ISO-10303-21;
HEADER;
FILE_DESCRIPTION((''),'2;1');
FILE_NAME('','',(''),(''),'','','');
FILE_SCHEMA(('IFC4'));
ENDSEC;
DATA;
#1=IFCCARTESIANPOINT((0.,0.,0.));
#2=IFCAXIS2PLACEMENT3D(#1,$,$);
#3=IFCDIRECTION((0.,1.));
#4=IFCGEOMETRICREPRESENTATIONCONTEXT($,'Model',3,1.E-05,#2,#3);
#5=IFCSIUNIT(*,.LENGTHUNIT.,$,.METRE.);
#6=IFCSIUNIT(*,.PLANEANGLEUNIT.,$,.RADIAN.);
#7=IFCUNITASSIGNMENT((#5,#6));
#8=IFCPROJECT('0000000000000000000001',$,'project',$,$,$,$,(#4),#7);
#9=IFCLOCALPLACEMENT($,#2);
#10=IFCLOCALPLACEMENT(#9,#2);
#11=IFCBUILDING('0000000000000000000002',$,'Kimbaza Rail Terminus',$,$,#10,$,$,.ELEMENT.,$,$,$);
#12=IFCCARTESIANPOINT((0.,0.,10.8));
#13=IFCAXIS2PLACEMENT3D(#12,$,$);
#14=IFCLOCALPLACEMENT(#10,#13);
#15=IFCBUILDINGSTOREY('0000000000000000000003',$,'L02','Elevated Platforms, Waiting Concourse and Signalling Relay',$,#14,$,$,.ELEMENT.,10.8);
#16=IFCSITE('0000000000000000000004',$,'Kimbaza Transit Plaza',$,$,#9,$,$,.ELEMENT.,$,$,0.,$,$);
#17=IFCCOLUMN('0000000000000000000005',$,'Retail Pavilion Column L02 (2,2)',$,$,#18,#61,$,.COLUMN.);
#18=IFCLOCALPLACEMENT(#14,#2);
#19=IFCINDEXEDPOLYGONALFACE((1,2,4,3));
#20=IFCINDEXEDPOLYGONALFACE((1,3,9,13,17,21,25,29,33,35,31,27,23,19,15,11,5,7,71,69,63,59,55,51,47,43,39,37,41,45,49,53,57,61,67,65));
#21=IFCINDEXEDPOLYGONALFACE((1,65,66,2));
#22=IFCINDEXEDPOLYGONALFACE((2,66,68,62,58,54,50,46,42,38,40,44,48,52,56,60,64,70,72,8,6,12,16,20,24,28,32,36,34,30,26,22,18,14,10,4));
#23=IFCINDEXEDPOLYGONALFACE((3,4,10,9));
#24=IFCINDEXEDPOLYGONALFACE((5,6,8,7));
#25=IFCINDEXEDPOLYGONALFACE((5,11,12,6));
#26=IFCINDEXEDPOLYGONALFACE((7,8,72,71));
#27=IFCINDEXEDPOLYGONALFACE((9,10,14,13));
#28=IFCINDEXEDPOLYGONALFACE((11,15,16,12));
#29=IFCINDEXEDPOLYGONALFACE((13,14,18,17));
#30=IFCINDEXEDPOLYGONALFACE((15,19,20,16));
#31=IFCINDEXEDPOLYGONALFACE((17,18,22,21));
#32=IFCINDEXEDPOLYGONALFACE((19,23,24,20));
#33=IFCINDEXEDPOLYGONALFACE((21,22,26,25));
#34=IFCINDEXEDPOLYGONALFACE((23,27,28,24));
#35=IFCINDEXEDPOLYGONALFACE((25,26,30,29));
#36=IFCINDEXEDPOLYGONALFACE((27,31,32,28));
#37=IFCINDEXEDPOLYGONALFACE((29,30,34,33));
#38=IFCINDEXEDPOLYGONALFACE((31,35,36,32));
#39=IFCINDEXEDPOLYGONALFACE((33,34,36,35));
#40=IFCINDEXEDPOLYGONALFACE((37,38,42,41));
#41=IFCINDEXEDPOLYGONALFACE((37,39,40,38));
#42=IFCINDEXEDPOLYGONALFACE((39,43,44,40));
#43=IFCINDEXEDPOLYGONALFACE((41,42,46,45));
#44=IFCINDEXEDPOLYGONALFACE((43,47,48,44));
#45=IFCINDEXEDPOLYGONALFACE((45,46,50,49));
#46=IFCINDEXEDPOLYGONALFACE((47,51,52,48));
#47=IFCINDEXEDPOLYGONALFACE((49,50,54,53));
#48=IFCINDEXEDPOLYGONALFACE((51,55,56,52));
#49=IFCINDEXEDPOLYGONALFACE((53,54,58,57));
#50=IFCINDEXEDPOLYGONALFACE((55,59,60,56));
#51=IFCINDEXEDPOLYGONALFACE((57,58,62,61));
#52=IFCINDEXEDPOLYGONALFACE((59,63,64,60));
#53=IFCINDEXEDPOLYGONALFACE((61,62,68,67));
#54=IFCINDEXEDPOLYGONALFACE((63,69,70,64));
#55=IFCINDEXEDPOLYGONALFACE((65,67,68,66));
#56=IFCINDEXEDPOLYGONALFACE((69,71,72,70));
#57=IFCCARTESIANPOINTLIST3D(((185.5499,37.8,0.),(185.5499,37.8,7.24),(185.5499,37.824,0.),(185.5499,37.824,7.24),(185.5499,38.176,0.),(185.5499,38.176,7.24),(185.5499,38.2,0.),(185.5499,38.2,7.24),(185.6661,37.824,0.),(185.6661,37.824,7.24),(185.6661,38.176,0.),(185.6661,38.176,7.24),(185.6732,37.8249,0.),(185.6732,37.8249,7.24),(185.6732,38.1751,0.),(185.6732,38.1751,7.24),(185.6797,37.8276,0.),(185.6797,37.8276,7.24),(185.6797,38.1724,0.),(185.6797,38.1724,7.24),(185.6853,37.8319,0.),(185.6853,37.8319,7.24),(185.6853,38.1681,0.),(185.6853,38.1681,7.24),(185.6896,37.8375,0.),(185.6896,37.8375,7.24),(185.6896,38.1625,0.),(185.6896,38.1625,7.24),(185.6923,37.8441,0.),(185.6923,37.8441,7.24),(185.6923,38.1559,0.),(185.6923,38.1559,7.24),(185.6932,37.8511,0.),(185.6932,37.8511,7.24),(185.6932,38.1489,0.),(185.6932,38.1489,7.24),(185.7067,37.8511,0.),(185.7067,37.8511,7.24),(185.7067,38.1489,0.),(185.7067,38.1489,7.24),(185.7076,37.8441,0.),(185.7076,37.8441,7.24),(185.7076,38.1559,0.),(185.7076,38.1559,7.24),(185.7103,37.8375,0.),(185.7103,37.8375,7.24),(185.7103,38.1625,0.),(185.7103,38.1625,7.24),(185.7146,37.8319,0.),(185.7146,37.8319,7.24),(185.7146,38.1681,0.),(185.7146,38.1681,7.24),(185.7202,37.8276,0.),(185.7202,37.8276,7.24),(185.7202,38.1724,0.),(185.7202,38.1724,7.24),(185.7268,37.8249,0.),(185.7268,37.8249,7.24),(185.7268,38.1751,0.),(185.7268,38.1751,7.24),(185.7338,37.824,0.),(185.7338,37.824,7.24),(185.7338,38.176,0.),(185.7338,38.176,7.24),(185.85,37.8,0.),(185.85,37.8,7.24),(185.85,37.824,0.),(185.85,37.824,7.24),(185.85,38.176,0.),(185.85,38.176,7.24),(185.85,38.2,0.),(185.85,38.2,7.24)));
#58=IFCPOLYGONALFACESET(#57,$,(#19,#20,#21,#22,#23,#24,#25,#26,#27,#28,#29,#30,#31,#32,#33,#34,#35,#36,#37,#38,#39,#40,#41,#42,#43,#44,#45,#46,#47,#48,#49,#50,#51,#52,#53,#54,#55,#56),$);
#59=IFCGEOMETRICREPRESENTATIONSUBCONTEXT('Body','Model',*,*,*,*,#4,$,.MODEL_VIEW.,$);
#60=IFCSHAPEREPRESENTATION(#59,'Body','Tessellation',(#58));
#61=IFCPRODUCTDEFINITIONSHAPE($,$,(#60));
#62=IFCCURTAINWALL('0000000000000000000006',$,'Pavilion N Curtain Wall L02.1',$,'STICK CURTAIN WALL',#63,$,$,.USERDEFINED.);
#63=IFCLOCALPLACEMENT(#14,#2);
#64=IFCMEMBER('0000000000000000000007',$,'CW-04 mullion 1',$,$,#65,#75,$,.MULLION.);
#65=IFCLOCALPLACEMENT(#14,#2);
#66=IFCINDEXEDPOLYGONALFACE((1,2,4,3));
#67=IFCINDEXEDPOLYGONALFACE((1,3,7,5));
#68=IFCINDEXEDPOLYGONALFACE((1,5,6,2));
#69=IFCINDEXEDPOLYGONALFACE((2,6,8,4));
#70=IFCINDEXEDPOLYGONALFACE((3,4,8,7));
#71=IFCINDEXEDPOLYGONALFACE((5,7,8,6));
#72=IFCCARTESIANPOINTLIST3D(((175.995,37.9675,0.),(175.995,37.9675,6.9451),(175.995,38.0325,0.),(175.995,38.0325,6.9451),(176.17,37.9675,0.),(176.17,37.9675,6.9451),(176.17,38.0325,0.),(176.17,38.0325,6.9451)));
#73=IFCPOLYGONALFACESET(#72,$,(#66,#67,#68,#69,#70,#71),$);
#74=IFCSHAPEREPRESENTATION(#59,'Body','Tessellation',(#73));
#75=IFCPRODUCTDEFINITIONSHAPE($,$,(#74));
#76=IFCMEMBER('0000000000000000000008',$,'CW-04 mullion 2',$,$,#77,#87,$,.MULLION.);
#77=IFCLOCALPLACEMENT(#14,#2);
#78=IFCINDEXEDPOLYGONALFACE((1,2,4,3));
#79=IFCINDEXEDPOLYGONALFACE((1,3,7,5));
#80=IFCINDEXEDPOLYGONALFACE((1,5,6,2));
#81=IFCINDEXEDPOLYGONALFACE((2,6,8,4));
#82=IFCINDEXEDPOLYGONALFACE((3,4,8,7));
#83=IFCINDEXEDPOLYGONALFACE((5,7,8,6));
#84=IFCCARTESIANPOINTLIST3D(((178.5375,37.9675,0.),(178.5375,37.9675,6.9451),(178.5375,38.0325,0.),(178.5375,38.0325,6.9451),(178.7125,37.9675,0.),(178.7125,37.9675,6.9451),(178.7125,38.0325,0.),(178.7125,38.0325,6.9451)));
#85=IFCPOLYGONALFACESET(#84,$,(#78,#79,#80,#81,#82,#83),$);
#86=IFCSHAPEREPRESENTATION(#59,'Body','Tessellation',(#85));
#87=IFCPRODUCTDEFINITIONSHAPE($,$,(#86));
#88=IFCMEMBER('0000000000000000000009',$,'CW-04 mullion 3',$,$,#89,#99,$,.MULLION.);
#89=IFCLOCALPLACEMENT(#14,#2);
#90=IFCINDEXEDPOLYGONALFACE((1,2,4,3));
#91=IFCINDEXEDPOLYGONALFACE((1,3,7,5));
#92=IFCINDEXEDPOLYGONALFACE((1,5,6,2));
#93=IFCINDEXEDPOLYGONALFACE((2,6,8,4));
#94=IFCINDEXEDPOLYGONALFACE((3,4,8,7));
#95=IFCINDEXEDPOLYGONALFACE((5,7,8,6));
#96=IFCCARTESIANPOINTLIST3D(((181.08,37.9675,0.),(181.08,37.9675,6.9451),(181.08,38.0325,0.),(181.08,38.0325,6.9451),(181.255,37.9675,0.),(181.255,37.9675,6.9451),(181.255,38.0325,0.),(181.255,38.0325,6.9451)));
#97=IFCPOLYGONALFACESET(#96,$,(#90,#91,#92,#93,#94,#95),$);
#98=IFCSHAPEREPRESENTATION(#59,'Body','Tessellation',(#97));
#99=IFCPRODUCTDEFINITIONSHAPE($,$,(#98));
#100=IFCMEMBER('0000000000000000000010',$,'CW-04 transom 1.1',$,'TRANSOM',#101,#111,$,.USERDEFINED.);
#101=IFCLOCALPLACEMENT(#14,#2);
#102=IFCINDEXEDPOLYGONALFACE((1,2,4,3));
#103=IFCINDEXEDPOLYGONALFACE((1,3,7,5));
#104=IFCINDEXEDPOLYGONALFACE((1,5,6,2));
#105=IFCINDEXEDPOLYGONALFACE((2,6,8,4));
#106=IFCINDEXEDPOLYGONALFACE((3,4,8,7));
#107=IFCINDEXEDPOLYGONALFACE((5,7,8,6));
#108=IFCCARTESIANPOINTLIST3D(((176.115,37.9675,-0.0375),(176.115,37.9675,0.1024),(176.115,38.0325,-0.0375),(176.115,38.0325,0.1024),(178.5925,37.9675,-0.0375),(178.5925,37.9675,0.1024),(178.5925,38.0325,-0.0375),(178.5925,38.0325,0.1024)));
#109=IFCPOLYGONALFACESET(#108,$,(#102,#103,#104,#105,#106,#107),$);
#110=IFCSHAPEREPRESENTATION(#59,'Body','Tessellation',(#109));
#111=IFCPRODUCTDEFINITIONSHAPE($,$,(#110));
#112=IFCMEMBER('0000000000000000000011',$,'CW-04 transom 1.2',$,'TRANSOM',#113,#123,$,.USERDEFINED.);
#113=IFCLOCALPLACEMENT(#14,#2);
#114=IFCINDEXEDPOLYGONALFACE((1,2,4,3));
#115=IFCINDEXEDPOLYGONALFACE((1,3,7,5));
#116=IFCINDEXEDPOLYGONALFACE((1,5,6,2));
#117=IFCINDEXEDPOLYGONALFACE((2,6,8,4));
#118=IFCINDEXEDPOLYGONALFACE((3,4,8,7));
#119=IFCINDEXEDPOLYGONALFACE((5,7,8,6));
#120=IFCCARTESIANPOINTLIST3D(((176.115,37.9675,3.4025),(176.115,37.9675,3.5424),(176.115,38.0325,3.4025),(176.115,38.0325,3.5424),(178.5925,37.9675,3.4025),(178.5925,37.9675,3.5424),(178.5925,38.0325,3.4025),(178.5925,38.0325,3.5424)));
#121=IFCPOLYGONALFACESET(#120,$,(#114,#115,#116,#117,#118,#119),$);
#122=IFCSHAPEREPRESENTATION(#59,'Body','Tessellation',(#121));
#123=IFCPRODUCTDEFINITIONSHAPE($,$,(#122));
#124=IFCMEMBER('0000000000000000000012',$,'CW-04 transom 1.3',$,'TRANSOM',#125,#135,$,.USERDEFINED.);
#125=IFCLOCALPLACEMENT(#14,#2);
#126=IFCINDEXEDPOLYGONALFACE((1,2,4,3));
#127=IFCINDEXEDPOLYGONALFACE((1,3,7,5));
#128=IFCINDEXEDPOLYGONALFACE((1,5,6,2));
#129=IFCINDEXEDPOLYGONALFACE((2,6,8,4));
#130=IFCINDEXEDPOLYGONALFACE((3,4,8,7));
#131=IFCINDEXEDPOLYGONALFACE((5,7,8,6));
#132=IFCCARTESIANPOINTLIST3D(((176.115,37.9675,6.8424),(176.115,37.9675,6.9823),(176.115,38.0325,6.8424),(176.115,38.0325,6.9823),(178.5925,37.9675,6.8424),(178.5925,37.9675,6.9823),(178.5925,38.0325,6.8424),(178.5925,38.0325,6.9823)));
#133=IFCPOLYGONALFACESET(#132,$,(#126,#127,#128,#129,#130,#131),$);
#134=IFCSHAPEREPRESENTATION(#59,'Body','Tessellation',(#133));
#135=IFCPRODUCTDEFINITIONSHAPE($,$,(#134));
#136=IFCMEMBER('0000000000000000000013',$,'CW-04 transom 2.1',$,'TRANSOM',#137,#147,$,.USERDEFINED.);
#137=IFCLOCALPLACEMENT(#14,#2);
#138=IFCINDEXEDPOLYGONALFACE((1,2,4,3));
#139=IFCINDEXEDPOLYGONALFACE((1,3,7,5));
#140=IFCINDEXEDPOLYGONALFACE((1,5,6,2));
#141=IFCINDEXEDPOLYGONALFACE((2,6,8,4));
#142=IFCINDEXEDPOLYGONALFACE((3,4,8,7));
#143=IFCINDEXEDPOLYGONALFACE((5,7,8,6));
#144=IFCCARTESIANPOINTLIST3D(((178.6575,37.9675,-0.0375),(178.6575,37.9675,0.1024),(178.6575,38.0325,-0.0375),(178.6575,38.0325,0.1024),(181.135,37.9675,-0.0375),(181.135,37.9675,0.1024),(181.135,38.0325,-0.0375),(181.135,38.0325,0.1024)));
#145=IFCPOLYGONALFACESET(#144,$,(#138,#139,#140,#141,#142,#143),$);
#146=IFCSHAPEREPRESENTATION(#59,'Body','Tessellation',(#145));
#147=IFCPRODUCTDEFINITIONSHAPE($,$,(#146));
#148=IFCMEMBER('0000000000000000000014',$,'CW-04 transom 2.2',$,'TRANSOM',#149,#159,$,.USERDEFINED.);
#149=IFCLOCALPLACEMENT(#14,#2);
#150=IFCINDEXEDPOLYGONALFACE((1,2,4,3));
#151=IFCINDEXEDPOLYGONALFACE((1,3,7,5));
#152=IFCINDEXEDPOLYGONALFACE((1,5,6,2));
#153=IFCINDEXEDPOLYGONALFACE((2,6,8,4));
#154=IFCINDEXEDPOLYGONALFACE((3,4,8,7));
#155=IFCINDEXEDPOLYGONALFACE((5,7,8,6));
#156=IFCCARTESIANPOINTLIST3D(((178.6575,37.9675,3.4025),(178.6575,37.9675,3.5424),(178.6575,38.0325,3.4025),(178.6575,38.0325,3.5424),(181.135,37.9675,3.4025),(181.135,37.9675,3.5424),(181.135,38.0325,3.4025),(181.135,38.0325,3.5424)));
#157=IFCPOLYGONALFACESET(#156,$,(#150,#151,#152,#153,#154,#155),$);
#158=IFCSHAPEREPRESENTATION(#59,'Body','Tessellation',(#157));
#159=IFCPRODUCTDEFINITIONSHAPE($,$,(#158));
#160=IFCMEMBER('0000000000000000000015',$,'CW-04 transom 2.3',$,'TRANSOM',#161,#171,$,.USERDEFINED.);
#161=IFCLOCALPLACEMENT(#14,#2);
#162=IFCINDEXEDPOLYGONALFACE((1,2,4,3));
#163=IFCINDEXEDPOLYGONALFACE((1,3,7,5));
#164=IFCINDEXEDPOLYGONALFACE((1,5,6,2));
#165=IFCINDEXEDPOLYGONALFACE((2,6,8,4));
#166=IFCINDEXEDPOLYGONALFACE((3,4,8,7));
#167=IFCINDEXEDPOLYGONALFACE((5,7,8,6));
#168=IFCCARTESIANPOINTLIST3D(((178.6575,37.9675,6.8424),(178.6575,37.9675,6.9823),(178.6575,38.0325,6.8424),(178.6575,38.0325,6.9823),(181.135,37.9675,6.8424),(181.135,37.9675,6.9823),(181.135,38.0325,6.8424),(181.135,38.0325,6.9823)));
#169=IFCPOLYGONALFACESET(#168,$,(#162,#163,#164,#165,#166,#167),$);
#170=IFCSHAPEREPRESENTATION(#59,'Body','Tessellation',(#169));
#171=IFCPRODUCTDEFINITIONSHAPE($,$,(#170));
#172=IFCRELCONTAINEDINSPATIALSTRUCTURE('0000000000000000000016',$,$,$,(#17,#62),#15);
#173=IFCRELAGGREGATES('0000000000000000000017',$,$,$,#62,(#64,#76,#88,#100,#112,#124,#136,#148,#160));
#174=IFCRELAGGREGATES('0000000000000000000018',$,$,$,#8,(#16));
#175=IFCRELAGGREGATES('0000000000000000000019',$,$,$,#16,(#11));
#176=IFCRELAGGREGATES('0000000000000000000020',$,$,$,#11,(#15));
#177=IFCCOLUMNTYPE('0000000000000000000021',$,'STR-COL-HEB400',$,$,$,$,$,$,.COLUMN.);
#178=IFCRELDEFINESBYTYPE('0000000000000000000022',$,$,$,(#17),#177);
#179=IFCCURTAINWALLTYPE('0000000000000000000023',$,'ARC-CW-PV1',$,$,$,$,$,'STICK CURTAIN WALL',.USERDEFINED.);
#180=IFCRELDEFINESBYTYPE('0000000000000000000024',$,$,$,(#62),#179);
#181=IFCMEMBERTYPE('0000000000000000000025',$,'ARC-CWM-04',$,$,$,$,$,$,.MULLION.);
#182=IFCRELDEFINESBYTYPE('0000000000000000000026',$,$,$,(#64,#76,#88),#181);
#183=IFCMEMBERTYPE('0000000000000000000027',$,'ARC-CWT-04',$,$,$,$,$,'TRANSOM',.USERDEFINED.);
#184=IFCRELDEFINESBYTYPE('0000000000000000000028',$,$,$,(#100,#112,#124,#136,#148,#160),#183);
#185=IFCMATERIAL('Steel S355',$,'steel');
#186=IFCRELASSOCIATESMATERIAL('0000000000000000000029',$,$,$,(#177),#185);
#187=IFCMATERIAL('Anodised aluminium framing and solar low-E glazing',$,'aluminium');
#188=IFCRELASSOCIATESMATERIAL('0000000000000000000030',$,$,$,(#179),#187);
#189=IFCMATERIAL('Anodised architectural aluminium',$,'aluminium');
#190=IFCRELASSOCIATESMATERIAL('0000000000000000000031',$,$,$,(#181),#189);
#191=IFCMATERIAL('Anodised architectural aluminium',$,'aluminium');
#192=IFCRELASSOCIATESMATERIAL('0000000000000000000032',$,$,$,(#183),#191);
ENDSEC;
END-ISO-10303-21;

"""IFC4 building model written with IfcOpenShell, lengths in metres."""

from ifc_helpers import new_model, si_unit, direction, frame, origin, origin_2d, place, context, subcontext, project, spatial, rectangle, i_section, extrude, material, material_profile, profile_set, type_object, element, aggregate, save


model = new_model("IFC4")

# Units and contexts
model_context = context("Model", 3, precision=1e-05, world=origin(), true_north=direction((0.0, 1.0)))
body_context = subcontext(model_context, "Body", "Model", "MODEL_VIEW")
ifc_project = project(units=[si_unit("LENGTHUNIT", "METRE"), si_unit("PLANEANGLEUNIT", "RADIAN")], contexts=[model_context])

# Site, building, storey
site_placement = place(None, origin())
site = spatial("IfcSite", under=ifc_project, at=site_placement, Name="Kimbaza Transit Plaza", CompositionType="ELEMENT", RefElevation=0.0)
building_placement = place(site_placement, origin())
building = spatial("IfcBuilding", under=site, at=building_placement, Name="Kimbaza Rail Terminus", CompositionType="ELEMENT")
storey_placement = place(building_placement, frame((0.0, 0.0, 10.8)))
storey = spatial("IfcBuildingStorey", under=building, at=storey_placement, Name="L02", Description="Elevated Platforms, Waiting Concourse and Signalling Relay", CompositionType="ELEMENT", Elevation=10.8)

# Column
ifc_material_1 = material(Name="Steel S355", Category="steel")
ifc_material_profile_1 = material_profile(ifc_material_1, i_section(OverallWidth=0.3, OverallDepth=0.3999, WebThickness=0.0134, FlangeThickness=0.0239, FilletRadius=0.0271, at=origin_2d()), Name="HEB 400")
ifc_profile_set_1 = profile_set([ifc_material_profile_1], Name="Steel S355")
column_type = type_object("IfcColumnType", Name="STR-COL-HEB400", PredefinedType="COLUMN", material=ifc_profile_set_1)
column_placement = place(storey_placement, frame((185.7, 38.0, 0.0), z_axis=(0.0, 0.0, 1.0), x_axis=(1.0, 0.0, 0.0)))
element("IfcColumn", 1, at=column_placement, inside=storey, type_object=column_type, Name="Retail Pavilion Column L02 (2,2)", PredefinedType="COLUMN", context=body_context, shape_type="SweptSolid", body=[
    extrude(i_section(OverallWidth=0.3, OverallDepth=0.3999, WebThickness=0.0134, FlangeThickness=0.0239, FilletRadius=0.0271, at=origin_2d()), origin(), (0.0, 0.0, 1.0), 7.24),
])

# Curtain wall, members
ifc_material_2 = material(Name="Anodised aluminium framing and solar low-E glazing", Category="aluminium")
curtain_wall_type = type_object("IfcCurtainWallType", Name="ARC-CW-PV1", ElementType="STICK CURTAIN WALL", PredefinedType="USERDEFINED", material=ifc_material_2)
curtain_wall_placement = place(storey_placement, origin())
curtain_wall = element("IfcCurtainWall", 2, at=curtain_wall_placement, inside=storey, type_object=curtain_wall_type, Name="Pavilion N Curtain Wall L02.1", ObjectType="STICK CURTAIN WALL", PredefinedType="USERDEFINED")
ifc_material_3 = material(Name="Anodised architectural aluminium", Category="aluminium")
ifc_material_profile_2 = material_profile(ifc_material_3, rectangle(XDim=0.0649, YDim=0.175, at=origin_2d()), Name="MULLION 65x175")
ifc_profile_set_2 = profile_set([ifc_material_profile_2], Name="Anodised architectural aluminium")
member_type_1 = type_object("IfcMemberType", Name="ARC-CWM-04", PredefinedType="MULLION", material=ifc_profile_set_2)
member_1_placement = place(storey_placement, frame((176.0825, 38.0, 0.0), z_axis=(0.0, 0.0, 1.0), x_axis=(0.0, 1.0, 0.0)))
member_1 = element("IfcMember", 3, at=member_1_placement, type_object=member_type_1, Name="CW-04 mullion 1", PredefinedType="MULLION", context=body_context, shape_type="SweptSolid", body=[
    extrude(rectangle(XDim=0.0649, YDim=0.175, at=origin_2d()), origin(), (0.0, 0.0, 1.0), 6.9451),
])
member_2_placement = place(storey_placement, frame((178.625, 38.0, 0.0), z_axis=(0.0, 0.0, 1.0), x_axis=(0.0, 1.0, 0.0)))
member_2 = element("IfcMember", 4, at=member_2_placement, type_object=member_type_1, Name="CW-04 mullion 2", PredefinedType="MULLION", context=body_context, shape_type="SweptSolid", body=[
    extrude(rectangle(XDim=0.0649, YDim=0.175, at=origin_2d()), origin(), (0.0, 0.0, 1.0), 6.9451),
])
member_3_placement = place(storey_placement, frame((181.1675, 38.0, 0.0), z_axis=(0.0, 0.0, 1.0), x_axis=(0.0, 1.0, 0.0)))
member_3 = element("IfcMember", 5, at=member_3_placement, type_object=member_type_1, Name="CW-04 mullion 3", PredefinedType="MULLION", context=body_context, shape_type="SweptSolid", body=[
    extrude(rectangle(XDim=0.0649, YDim=0.175, at=origin_2d()), origin(), (0.0, 0.0, 1.0), 6.9451),
])
ifc_material_4 = material(Name="Anodised architectural aluminium", Category="aluminium")
ifc_material_profile_3 = material_profile(ifc_material_4, rectangle(XDim=0.0649, YDim=0.1399, at=origin_2d()), Name="TRANSOM 65x140")
ifc_profile_set_3 = profile_set([ifc_material_profile_3], Name="Anodised architectural aluminium")
member_type_2 = type_object("IfcMemberType", Name="ARC-CWT-04", ElementType="TRANSOM", PredefinedType="USERDEFINED", material=ifc_profile_set_3)
member_4_placement = place(storey_placement, frame((176.115, 38.0, 0.0325), z_axis=(1.0, 0.0, 0.0), x_axis=(0.0, 1.0, 0.0)))
member_4 = element("IfcMember", 6, at=member_4_placement, type_object=member_type_2, Name="CW-04 transom 1.1", ObjectType="TRANSOM", PredefinedType="USERDEFINED", context=body_context, shape_type="SweptSolid", body=[
    extrude(rectangle(XDim=0.0649, YDim=0.1399, at=origin_2d()), origin(), (0.0, 0.0, 1.0), 2.4775),
])
member_5_placement = place(storey_placement, frame((176.115, 38.0, 3.4724), z_axis=(1.0, 0.0, 0.0), x_axis=(0.0, 1.0, 0.0)))
member_5 = element("IfcMember", 7, at=member_5_placement, type_object=member_type_2, Name="CW-04 transom 1.2", ObjectType="TRANSOM", PredefinedType="USERDEFINED", context=body_context, shape_type="SweptSolid", body=[
    extrude(rectangle(XDim=0.0649, YDim=0.1399, at=origin_2d()), origin(), (0.0, 0.0, 1.0), 2.4775),
])
member_6_placement = place(storey_placement, frame((176.115, 38.0, 6.9124), z_axis=(1.0, 0.0, 0.0), x_axis=(0.0, 1.0, 0.0)))
member_6 = element("IfcMember", 8, at=member_6_placement, type_object=member_type_2, Name="CW-04 transom 1.3", ObjectType="TRANSOM", PredefinedType="USERDEFINED", context=body_context, shape_type="SweptSolid", body=[
    extrude(rectangle(XDim=0.0649, YDim=0.1399, at=origin_2d()), origin(), (0.0, 0.0, 1.0), 2.4775),
])
member_7_placement = place(storey_placement, frame((178.6575, 38.0, 0.0325), z_axis=(1.0, 0.0, 0.0), x_axis=(0.0, 1.0, 0.0)))
member_7 = element("IfcMember", 9, at=member_7_placement, type_object=member_type_2, Name="CW-04 transom 2.1", ObjectType="TRANSOM", PredefinedType="USERDEFINED", context=body_context, shape_type="SweptSolid", body=[
    extrude(rectangle(XDim=0.0649, YDim=0.1399, at=origin_2d()), origin(), (0.0, 0.0, 1.0), 2.4775),
])
member_8_placement = place(storey_placement, frame((178.6575, 38.0, 3.4724), z_axis=(1.0, 0.0, 0.0), x_axis=(0.0, 1.0, 0.0)))
member_8 = element("IfcMember", 10, at=member_8_placement, type_object=member_type_2, Name="CW-04 transom 2.2", ObjectType="TRANSOM", PredefinedType="USERDEFINED", context=body_context, shape_type="SweptSolid", body=[
    extrude(rectangle(XDim=0.0649, YDim=0.1399, at=origin_2d()), origin(), (0.0, 0.0, 1.0), 2.4775),
])
member_9_placement = place(storey_placement, frame((178.6575, 38.0, 6.9124), z_axis=(1.0, 0.0, 0.0), x_axis=(0.0, 1.0, 0.0)))
member_9 = element("IfcMember", 11, at=member_9_placement, type_object=member_type_2, Name="CW-04 transom 2.3", ObjectType="TRANSOM", PredefinedType="USERDEFINED", context=body_context, shape_type="SweptSolid", body=[
    extrude(rectangle(XDim=0.0649, YDim=0.1399, at=origin_2d()), origin(), (0.0, 0.0, 1.0), 2.4775),
])

aggregate(curtain_wall, [member_1, member_2, member_3, member_4, member_5, member_6, member_7, member_8, member_9])

save(model, "model.ifc")
